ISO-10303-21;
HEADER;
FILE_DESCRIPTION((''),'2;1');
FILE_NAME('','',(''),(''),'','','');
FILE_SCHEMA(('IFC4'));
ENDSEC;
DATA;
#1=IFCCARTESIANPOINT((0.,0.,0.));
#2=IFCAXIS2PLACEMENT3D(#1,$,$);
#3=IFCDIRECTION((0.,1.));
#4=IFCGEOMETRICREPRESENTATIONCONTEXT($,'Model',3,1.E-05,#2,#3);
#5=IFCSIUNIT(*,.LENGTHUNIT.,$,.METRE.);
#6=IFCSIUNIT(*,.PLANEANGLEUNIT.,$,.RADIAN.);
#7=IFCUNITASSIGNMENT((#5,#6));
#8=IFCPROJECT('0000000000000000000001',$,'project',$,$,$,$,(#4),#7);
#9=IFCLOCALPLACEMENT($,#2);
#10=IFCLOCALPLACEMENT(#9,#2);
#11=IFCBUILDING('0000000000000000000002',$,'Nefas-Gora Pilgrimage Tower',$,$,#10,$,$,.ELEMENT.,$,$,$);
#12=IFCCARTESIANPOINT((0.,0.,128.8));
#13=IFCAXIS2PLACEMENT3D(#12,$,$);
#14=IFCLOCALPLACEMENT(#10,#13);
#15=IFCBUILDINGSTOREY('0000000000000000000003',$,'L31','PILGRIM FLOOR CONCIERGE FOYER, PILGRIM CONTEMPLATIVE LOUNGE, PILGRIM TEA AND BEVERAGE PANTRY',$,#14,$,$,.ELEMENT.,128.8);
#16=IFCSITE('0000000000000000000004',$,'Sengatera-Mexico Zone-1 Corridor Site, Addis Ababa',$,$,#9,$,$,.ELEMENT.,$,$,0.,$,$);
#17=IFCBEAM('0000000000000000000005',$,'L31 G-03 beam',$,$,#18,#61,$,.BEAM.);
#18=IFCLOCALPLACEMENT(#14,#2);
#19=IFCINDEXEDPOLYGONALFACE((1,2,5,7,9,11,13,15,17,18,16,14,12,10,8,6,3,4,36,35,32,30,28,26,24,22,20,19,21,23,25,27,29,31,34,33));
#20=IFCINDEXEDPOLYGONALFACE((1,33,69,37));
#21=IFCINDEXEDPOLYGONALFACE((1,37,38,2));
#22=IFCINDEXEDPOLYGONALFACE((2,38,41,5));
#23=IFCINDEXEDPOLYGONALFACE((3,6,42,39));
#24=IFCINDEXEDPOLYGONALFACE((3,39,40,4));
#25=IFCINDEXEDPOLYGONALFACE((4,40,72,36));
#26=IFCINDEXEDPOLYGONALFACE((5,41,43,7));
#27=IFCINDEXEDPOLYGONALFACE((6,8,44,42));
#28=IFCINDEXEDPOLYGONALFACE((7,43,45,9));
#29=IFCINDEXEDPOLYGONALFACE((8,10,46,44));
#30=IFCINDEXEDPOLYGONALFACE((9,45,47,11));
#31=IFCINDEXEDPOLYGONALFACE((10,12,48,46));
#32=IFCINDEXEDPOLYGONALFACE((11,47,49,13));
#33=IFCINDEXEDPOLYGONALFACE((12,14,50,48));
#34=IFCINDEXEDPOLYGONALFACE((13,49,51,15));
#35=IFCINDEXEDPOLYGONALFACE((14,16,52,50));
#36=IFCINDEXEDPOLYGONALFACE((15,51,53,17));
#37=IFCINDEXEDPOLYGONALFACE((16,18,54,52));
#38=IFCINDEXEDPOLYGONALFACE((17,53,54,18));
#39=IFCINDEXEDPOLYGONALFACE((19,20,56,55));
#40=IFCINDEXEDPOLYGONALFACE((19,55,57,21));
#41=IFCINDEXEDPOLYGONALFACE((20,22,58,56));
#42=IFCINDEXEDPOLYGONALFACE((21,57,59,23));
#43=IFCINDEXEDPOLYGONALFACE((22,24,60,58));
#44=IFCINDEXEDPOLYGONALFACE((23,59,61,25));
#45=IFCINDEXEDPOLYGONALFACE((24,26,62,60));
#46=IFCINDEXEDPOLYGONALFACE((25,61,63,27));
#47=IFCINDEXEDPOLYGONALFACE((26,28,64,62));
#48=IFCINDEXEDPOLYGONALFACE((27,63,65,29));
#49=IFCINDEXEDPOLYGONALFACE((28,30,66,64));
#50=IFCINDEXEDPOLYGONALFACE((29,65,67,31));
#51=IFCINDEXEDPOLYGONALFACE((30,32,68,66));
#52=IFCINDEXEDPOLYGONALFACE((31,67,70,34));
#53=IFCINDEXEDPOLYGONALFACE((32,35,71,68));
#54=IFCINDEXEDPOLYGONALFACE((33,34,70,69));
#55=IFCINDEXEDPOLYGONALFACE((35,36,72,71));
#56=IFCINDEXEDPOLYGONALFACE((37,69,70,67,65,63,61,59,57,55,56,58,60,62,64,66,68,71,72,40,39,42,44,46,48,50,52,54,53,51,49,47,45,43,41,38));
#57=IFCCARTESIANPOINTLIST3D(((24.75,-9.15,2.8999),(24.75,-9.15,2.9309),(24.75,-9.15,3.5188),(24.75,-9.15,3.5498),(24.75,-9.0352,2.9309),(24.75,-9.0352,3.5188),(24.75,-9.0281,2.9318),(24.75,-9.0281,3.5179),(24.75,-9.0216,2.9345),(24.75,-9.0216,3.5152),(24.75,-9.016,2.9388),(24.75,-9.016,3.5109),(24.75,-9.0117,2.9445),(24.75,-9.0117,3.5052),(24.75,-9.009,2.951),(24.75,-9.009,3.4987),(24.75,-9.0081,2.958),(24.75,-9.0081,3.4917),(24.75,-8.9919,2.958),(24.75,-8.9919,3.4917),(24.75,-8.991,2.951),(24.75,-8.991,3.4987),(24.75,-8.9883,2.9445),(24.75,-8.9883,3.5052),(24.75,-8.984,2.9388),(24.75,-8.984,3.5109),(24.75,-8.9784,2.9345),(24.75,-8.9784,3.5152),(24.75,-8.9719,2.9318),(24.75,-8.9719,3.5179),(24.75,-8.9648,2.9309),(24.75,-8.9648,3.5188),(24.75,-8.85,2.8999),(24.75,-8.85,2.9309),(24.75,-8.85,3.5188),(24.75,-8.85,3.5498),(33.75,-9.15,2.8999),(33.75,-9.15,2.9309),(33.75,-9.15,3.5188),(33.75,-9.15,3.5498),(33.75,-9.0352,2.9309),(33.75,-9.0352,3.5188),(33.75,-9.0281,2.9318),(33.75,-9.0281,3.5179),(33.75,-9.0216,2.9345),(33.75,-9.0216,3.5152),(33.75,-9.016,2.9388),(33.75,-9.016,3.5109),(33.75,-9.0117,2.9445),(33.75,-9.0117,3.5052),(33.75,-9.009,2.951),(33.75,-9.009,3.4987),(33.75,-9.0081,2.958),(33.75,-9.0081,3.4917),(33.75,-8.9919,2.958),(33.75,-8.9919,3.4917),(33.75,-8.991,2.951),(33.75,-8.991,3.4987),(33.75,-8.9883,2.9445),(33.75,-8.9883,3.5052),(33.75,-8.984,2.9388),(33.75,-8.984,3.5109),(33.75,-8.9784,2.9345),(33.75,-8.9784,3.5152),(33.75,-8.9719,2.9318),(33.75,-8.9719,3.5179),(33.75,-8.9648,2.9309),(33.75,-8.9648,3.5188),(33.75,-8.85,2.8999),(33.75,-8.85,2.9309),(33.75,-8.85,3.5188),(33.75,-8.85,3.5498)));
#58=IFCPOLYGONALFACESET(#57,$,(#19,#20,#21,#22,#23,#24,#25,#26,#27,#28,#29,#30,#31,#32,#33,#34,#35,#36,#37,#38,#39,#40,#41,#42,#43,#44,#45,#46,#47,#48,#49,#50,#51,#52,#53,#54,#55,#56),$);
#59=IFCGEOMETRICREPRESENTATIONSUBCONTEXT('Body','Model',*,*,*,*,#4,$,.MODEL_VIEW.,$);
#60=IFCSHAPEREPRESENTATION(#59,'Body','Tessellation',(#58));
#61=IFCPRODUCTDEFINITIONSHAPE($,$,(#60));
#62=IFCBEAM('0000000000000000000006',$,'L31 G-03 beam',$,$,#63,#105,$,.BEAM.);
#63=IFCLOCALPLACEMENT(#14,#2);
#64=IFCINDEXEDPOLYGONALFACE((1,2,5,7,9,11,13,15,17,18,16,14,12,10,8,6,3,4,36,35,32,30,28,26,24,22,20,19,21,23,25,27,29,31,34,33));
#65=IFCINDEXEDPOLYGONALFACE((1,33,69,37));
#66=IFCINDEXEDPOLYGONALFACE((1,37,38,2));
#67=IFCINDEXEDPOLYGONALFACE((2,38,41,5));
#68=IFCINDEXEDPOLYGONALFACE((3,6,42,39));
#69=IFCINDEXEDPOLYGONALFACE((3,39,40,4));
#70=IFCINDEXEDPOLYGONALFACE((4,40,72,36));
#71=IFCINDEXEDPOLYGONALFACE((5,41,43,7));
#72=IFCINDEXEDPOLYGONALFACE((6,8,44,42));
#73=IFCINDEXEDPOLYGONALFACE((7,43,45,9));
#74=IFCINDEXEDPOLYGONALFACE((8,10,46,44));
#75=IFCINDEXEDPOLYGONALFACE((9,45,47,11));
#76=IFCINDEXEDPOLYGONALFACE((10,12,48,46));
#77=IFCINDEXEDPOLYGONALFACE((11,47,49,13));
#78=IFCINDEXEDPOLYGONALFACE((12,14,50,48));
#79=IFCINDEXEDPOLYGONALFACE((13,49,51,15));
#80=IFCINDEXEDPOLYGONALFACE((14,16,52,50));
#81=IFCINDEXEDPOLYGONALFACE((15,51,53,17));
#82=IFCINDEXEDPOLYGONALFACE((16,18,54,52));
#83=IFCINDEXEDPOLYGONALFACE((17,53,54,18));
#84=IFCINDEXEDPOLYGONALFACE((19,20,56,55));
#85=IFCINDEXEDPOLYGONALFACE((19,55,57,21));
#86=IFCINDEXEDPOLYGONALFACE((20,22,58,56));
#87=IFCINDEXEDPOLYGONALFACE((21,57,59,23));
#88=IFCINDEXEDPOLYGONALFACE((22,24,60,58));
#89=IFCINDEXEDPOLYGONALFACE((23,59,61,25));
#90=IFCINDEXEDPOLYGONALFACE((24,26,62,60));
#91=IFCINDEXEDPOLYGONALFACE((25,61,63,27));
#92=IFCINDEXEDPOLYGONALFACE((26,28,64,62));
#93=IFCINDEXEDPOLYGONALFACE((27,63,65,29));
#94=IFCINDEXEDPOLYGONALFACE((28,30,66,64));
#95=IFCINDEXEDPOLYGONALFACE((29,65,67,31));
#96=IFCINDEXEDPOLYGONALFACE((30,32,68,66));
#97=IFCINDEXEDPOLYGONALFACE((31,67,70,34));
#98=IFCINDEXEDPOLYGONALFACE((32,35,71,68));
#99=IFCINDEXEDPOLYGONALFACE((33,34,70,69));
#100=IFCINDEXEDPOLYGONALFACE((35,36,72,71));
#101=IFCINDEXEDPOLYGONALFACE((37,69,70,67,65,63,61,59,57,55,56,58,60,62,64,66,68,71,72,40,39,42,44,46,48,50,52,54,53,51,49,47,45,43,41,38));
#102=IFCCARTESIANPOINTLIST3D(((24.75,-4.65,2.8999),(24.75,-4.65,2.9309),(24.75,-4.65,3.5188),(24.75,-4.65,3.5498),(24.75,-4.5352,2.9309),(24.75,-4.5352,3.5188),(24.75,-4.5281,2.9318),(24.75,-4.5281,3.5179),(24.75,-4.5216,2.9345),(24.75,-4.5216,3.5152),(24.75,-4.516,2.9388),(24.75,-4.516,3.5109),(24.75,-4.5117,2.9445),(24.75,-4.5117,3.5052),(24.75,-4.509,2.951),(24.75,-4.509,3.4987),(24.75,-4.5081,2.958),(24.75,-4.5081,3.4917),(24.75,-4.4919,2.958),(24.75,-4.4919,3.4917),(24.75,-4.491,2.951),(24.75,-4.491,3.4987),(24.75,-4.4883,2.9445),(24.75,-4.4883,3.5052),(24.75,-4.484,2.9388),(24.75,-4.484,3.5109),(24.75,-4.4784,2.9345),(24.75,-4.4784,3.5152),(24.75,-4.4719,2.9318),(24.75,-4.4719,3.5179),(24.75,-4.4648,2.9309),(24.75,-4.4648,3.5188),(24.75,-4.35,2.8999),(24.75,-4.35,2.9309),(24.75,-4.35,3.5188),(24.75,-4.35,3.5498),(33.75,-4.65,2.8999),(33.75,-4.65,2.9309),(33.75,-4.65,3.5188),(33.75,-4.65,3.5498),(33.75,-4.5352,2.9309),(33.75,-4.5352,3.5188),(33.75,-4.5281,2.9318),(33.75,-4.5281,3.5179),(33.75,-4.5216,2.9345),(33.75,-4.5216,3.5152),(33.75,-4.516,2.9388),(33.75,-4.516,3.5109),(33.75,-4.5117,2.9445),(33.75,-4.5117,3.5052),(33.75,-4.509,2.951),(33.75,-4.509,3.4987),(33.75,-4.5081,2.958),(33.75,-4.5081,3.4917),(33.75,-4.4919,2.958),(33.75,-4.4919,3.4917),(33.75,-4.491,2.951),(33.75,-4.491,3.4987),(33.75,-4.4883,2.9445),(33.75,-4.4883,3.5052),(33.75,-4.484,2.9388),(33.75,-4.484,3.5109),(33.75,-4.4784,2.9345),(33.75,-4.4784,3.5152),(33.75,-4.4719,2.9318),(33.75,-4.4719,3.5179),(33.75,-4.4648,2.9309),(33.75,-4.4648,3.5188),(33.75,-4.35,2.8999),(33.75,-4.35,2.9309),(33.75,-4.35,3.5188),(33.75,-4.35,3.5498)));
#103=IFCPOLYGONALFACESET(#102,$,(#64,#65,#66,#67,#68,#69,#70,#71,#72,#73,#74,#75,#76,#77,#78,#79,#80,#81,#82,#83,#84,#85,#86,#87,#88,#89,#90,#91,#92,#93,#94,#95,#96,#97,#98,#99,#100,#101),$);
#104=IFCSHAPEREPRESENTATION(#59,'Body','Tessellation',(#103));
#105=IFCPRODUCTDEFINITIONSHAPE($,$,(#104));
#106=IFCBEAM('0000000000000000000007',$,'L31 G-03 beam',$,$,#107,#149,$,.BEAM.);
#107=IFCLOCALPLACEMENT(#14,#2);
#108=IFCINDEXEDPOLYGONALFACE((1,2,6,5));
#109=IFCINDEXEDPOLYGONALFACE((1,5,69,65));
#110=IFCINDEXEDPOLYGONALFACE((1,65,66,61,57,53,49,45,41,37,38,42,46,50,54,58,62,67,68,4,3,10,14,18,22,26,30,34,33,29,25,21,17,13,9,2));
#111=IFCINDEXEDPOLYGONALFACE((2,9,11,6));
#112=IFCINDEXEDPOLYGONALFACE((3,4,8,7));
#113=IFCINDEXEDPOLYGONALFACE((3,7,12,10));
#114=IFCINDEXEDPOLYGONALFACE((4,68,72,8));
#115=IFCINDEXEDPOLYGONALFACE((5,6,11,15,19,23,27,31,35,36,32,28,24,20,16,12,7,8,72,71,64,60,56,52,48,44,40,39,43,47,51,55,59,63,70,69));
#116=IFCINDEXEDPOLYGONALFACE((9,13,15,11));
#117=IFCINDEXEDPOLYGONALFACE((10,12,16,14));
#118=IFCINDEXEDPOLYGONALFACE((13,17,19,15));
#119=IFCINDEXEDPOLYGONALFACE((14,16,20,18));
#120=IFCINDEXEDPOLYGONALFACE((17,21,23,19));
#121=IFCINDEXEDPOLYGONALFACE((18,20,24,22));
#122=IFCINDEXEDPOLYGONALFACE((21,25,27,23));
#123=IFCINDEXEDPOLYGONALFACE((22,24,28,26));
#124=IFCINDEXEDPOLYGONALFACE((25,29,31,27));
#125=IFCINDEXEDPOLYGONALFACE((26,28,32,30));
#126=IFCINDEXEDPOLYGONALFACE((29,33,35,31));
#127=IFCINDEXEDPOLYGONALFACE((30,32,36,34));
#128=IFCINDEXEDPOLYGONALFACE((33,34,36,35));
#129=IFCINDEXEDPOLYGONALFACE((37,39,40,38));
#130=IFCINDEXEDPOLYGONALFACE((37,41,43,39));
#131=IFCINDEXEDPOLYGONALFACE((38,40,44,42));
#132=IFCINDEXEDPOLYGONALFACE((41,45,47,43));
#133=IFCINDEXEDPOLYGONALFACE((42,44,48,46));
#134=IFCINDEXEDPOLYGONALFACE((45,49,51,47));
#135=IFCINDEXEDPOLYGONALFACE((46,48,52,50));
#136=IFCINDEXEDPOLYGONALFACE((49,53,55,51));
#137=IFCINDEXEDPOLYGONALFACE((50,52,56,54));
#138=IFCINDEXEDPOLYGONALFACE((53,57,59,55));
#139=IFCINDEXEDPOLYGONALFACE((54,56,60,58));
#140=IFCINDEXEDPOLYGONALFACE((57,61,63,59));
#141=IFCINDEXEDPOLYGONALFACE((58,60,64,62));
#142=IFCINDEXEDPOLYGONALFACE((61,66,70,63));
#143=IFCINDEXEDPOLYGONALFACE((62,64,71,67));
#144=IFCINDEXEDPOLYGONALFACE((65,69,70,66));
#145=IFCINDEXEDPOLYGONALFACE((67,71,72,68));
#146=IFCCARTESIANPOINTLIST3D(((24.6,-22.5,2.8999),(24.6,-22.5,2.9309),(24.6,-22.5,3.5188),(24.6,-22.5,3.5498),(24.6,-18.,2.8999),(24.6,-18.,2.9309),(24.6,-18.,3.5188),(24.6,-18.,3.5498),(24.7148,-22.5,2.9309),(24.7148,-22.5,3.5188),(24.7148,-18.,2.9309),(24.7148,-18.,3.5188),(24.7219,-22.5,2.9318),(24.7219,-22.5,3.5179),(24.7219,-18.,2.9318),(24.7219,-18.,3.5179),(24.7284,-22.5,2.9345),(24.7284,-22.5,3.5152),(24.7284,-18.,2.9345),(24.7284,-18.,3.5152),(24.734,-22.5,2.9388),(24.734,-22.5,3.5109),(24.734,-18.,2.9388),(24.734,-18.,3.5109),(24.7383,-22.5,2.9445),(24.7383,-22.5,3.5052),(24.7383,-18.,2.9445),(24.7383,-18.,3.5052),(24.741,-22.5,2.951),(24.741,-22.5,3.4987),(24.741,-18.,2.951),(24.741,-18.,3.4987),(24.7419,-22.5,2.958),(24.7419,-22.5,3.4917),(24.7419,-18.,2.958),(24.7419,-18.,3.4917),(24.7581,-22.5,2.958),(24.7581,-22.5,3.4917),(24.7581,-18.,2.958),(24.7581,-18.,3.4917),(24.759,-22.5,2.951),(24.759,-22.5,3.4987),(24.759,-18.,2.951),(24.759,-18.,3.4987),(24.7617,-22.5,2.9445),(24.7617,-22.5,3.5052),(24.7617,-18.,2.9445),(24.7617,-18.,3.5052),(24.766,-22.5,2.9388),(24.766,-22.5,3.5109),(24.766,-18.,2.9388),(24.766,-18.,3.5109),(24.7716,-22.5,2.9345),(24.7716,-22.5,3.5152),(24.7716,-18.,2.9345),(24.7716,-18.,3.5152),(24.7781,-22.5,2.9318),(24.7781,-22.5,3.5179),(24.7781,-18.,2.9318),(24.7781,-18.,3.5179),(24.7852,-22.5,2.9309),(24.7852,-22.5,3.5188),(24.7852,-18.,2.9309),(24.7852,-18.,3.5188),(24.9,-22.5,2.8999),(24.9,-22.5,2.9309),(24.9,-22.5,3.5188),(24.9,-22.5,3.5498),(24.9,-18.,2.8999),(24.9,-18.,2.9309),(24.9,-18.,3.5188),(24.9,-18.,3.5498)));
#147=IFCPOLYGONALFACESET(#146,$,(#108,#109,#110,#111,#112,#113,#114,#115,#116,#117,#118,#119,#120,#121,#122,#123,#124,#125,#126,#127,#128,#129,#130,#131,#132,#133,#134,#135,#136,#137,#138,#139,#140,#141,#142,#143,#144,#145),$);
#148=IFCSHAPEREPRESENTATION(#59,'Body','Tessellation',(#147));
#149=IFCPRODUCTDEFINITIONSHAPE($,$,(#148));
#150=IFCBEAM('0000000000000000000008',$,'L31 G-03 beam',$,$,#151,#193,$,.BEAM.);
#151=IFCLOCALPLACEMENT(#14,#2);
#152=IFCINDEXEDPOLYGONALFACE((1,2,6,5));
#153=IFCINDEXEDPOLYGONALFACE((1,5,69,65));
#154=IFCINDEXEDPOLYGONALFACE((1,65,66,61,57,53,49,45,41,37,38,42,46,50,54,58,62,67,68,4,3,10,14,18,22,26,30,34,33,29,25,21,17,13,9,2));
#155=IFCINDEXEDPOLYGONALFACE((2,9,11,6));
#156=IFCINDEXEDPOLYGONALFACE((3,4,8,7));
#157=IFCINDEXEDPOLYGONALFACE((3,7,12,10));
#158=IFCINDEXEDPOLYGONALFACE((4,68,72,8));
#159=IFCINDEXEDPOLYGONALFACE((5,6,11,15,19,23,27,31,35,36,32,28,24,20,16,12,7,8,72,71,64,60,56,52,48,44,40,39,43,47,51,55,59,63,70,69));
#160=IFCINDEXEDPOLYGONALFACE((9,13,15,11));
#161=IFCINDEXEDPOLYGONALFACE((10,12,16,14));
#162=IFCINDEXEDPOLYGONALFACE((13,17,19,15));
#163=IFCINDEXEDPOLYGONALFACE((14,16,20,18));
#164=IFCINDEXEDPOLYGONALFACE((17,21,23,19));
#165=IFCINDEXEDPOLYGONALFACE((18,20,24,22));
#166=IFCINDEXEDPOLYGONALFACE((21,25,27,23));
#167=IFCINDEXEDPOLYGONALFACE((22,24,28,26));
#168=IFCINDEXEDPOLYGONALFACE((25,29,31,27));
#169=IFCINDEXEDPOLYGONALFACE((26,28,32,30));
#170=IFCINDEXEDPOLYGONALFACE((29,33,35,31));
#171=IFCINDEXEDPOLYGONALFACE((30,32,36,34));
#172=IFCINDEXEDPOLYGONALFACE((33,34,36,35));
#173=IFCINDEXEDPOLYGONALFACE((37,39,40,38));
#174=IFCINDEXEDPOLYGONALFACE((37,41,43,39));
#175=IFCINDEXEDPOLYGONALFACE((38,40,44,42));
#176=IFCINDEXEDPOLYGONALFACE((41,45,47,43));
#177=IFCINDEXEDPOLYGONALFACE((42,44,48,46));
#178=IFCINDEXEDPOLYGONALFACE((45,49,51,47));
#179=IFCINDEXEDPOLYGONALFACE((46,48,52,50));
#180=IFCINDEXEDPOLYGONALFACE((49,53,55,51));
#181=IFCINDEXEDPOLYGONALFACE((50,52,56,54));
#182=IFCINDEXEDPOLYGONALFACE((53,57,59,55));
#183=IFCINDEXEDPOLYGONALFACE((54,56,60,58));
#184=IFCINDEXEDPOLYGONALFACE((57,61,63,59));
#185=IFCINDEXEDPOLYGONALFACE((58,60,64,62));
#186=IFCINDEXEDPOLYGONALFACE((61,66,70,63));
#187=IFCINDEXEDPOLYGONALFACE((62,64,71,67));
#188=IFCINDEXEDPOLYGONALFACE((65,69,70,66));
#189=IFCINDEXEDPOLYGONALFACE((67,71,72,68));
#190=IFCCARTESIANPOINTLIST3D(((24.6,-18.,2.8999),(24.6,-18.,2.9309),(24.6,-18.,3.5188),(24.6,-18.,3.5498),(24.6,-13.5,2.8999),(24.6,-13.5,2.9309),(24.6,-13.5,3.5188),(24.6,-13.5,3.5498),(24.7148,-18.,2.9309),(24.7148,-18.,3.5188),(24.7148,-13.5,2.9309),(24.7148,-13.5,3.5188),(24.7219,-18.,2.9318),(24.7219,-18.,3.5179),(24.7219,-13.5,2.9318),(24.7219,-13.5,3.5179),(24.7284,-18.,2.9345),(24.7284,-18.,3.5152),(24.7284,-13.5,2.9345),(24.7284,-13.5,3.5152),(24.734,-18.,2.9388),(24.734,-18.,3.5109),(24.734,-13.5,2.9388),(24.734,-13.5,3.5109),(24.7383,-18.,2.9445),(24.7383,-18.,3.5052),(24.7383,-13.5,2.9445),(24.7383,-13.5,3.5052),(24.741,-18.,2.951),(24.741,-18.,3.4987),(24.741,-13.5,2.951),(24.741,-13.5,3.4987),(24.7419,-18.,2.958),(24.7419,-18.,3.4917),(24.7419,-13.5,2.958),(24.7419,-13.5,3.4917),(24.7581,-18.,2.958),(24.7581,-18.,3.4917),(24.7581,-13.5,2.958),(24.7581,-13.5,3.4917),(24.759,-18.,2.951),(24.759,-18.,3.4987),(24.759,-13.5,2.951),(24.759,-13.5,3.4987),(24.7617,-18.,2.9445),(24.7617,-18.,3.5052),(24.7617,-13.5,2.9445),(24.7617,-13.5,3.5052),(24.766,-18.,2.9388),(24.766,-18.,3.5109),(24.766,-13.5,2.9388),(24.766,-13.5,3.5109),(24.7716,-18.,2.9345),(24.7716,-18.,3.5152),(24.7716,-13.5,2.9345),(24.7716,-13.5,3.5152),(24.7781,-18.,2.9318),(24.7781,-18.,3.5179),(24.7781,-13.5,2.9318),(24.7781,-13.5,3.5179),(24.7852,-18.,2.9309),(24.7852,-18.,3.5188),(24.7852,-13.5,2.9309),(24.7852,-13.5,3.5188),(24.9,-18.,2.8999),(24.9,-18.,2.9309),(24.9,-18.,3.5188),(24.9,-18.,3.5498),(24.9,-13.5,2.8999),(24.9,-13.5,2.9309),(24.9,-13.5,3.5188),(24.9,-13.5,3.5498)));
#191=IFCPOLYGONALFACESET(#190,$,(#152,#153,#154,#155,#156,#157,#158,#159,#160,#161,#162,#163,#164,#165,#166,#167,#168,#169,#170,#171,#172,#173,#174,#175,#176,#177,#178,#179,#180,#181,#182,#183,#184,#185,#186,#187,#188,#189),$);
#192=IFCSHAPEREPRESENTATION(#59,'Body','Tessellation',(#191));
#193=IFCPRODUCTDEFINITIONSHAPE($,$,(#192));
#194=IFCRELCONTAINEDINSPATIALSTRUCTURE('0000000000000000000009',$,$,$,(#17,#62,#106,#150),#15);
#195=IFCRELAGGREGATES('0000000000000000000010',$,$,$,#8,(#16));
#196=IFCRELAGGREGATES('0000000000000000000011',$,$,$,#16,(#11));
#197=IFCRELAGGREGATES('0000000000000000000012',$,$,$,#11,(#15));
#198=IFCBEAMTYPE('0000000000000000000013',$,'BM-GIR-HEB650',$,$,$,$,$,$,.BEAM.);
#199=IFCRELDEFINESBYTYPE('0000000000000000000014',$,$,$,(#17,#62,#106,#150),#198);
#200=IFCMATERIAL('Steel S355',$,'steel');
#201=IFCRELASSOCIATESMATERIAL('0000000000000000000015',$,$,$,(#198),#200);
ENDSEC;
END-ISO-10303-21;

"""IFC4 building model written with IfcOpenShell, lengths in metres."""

from ifc_helpers import new_model, si_unit, direction, frame, origin, origin_2d, place, context, subcontext, project, spatial, i_section, extrude, source, transform, mapped, material, material_profile, profile_set, type_object, element, save


model = new_model("IFC4")

# Units and contexts
model_context = context("Model", 3, precision=1e-05, world=origin(), true_north=direction((0.0, 1.0)))
body_context = subcontext(model_context, "Body", "Model", "MODEL_VIEW")
ifc_project = project(units=[si_unit("LENGTHUNIT", "METRE"), si_unit("PLANEANGLEUNIT", "RADIAN")], contexts=[model_context])

# Site, building, storey
site_placement = place(None, origin())
site = spatial("IfcSite", under=ifc_project, at=site_placement, Name="Sengatera-Mexico Zone-1 Corridor Site, Addis Ababa", CompositionType="ELEMENT", RefElevation=0.0)
building_placement = place(site_placement, origin())
building = spatial("IfcBuilding", under=site, at=building_placement, Name="Nefas-Gora Pilgrimage Tower", CompositionType="ELEMENT")
storey_placement = place(building_placement, frame((0.0, 0.0, 128.8)))
storey = spatial("IfcBuildingStorey", under=building, at=storey_placement, Name="L31", Description="PILGRIM FLOOR CONCIERGE FOYER, PILGRIM CONTEMPLATIVE LOUNGE, PILGRIM TEA AND BEVERAGE PANTRY", CompositionType="ELEMENT", Elevation=128.8)

# Beams
ifc_material_1 = material(Name="Steel S355", Category="steel")
ifc_material_profile_1 = material_profile(ifc_material_1, i_section(OverallWidth=0.3, OverallDepth=0.6499, WebThickness=0.0161, FlangeThickness=0.031, FilletRadius=0.0271, at=origin_2d()), Name="HEB 650")
ifc_profile_set_1 = profile_set([ifc_material_profile_1], Name="Steel S355")
beam_type_1 = type_object("IfcBeamType", Name="BM-GIR-HEB650", PredefinedType="BEAM", material=ifc_profile_set_1)
shared_shape_1 = source(origin(), body_context, "Body", "SweptSolid", [
    extrude(i_section(OverallWidth=0.3, OverallDepth=0.6499, WebThickness=0.0161, FlangeThickness=0.031, FilletRadius=0.0271, at=origin_2d()), origin(), (0.0, 0.0, 1.0), 9.0),
])
for number, where, z_axis, x_axis, name in (
    (1, (24.75, -9.0, 3.2249), (1.0, 0.0, 0.0), (0.0, 1.0, 0.0), "L31 G-03 beam"),
    (2, (24.75, -4.5, 3.2249), (1.0, 0.0, 0.0), (0.0, 1.0, 0.0), "L31 G-03 beam"),
):
    element("IfcBeam", number, at=place(storey_placement, frame(where, z_axis=z_axis, x_axis=x_axis)), inside=storey, type_object=beam_type_1, Name=name, PredefinedType="BEAM", context=body_context, shape_type="MappedRepresentation", body=[
        mapped(shared_shape_1, transform((0.0, 0.0, 0.0), x_axis=(1.0, 0.0, 0.0), y_axis=(0.0, 1.0, 0.0), z_axis=(0.0, 0.0, 1.0), scale=1.0)),
    ])
shared_shape_2 = source(origin(), body_context, "Body", "SweptSolid", [
    extrude(i_section(OverallWidth=0.3, OverallDepth=0.6499, WebThickness=0.0161, FlangeThickness=0.031, FilletRadius=0.0271, at=origin_2d()), origin(), (0.0, 0.0, 1.0), 4.5),
])
for number, where, z_axis, x_axis, name in (
    (3, (24.75, -22.5, 3.2249), (0.0, 1.0, 0.0), (-1.0, 0.0, 0.0), "L31 G-03 beam"),
    (4, (24.75, -18.0, 3.2249), (0.0, 1.0, 0.0), (-1.0, 0.0, 0.0), "L31 G-03 beam"),
):
    element("IfcBeam", number, at=place(storey_placement, frame(where, z_axis=z_axis, x_axis=x_axis)), inside=storey, type_object=beam_type_1, Name=name, PredefinedType="BEAM", context=body_context, shape_type="MappedRepresentation", body=[
        mapped(shared_shape_2, transform((0.0, 0.0, 0.0), x_axis=(1.0, 0.0, 0.0), y_axis=(0.0, 1.0, 0.0), z_axis=(0.0, 0.0, 1.0), scale=1.0)),
    ])

save(model, "model.ifc")
